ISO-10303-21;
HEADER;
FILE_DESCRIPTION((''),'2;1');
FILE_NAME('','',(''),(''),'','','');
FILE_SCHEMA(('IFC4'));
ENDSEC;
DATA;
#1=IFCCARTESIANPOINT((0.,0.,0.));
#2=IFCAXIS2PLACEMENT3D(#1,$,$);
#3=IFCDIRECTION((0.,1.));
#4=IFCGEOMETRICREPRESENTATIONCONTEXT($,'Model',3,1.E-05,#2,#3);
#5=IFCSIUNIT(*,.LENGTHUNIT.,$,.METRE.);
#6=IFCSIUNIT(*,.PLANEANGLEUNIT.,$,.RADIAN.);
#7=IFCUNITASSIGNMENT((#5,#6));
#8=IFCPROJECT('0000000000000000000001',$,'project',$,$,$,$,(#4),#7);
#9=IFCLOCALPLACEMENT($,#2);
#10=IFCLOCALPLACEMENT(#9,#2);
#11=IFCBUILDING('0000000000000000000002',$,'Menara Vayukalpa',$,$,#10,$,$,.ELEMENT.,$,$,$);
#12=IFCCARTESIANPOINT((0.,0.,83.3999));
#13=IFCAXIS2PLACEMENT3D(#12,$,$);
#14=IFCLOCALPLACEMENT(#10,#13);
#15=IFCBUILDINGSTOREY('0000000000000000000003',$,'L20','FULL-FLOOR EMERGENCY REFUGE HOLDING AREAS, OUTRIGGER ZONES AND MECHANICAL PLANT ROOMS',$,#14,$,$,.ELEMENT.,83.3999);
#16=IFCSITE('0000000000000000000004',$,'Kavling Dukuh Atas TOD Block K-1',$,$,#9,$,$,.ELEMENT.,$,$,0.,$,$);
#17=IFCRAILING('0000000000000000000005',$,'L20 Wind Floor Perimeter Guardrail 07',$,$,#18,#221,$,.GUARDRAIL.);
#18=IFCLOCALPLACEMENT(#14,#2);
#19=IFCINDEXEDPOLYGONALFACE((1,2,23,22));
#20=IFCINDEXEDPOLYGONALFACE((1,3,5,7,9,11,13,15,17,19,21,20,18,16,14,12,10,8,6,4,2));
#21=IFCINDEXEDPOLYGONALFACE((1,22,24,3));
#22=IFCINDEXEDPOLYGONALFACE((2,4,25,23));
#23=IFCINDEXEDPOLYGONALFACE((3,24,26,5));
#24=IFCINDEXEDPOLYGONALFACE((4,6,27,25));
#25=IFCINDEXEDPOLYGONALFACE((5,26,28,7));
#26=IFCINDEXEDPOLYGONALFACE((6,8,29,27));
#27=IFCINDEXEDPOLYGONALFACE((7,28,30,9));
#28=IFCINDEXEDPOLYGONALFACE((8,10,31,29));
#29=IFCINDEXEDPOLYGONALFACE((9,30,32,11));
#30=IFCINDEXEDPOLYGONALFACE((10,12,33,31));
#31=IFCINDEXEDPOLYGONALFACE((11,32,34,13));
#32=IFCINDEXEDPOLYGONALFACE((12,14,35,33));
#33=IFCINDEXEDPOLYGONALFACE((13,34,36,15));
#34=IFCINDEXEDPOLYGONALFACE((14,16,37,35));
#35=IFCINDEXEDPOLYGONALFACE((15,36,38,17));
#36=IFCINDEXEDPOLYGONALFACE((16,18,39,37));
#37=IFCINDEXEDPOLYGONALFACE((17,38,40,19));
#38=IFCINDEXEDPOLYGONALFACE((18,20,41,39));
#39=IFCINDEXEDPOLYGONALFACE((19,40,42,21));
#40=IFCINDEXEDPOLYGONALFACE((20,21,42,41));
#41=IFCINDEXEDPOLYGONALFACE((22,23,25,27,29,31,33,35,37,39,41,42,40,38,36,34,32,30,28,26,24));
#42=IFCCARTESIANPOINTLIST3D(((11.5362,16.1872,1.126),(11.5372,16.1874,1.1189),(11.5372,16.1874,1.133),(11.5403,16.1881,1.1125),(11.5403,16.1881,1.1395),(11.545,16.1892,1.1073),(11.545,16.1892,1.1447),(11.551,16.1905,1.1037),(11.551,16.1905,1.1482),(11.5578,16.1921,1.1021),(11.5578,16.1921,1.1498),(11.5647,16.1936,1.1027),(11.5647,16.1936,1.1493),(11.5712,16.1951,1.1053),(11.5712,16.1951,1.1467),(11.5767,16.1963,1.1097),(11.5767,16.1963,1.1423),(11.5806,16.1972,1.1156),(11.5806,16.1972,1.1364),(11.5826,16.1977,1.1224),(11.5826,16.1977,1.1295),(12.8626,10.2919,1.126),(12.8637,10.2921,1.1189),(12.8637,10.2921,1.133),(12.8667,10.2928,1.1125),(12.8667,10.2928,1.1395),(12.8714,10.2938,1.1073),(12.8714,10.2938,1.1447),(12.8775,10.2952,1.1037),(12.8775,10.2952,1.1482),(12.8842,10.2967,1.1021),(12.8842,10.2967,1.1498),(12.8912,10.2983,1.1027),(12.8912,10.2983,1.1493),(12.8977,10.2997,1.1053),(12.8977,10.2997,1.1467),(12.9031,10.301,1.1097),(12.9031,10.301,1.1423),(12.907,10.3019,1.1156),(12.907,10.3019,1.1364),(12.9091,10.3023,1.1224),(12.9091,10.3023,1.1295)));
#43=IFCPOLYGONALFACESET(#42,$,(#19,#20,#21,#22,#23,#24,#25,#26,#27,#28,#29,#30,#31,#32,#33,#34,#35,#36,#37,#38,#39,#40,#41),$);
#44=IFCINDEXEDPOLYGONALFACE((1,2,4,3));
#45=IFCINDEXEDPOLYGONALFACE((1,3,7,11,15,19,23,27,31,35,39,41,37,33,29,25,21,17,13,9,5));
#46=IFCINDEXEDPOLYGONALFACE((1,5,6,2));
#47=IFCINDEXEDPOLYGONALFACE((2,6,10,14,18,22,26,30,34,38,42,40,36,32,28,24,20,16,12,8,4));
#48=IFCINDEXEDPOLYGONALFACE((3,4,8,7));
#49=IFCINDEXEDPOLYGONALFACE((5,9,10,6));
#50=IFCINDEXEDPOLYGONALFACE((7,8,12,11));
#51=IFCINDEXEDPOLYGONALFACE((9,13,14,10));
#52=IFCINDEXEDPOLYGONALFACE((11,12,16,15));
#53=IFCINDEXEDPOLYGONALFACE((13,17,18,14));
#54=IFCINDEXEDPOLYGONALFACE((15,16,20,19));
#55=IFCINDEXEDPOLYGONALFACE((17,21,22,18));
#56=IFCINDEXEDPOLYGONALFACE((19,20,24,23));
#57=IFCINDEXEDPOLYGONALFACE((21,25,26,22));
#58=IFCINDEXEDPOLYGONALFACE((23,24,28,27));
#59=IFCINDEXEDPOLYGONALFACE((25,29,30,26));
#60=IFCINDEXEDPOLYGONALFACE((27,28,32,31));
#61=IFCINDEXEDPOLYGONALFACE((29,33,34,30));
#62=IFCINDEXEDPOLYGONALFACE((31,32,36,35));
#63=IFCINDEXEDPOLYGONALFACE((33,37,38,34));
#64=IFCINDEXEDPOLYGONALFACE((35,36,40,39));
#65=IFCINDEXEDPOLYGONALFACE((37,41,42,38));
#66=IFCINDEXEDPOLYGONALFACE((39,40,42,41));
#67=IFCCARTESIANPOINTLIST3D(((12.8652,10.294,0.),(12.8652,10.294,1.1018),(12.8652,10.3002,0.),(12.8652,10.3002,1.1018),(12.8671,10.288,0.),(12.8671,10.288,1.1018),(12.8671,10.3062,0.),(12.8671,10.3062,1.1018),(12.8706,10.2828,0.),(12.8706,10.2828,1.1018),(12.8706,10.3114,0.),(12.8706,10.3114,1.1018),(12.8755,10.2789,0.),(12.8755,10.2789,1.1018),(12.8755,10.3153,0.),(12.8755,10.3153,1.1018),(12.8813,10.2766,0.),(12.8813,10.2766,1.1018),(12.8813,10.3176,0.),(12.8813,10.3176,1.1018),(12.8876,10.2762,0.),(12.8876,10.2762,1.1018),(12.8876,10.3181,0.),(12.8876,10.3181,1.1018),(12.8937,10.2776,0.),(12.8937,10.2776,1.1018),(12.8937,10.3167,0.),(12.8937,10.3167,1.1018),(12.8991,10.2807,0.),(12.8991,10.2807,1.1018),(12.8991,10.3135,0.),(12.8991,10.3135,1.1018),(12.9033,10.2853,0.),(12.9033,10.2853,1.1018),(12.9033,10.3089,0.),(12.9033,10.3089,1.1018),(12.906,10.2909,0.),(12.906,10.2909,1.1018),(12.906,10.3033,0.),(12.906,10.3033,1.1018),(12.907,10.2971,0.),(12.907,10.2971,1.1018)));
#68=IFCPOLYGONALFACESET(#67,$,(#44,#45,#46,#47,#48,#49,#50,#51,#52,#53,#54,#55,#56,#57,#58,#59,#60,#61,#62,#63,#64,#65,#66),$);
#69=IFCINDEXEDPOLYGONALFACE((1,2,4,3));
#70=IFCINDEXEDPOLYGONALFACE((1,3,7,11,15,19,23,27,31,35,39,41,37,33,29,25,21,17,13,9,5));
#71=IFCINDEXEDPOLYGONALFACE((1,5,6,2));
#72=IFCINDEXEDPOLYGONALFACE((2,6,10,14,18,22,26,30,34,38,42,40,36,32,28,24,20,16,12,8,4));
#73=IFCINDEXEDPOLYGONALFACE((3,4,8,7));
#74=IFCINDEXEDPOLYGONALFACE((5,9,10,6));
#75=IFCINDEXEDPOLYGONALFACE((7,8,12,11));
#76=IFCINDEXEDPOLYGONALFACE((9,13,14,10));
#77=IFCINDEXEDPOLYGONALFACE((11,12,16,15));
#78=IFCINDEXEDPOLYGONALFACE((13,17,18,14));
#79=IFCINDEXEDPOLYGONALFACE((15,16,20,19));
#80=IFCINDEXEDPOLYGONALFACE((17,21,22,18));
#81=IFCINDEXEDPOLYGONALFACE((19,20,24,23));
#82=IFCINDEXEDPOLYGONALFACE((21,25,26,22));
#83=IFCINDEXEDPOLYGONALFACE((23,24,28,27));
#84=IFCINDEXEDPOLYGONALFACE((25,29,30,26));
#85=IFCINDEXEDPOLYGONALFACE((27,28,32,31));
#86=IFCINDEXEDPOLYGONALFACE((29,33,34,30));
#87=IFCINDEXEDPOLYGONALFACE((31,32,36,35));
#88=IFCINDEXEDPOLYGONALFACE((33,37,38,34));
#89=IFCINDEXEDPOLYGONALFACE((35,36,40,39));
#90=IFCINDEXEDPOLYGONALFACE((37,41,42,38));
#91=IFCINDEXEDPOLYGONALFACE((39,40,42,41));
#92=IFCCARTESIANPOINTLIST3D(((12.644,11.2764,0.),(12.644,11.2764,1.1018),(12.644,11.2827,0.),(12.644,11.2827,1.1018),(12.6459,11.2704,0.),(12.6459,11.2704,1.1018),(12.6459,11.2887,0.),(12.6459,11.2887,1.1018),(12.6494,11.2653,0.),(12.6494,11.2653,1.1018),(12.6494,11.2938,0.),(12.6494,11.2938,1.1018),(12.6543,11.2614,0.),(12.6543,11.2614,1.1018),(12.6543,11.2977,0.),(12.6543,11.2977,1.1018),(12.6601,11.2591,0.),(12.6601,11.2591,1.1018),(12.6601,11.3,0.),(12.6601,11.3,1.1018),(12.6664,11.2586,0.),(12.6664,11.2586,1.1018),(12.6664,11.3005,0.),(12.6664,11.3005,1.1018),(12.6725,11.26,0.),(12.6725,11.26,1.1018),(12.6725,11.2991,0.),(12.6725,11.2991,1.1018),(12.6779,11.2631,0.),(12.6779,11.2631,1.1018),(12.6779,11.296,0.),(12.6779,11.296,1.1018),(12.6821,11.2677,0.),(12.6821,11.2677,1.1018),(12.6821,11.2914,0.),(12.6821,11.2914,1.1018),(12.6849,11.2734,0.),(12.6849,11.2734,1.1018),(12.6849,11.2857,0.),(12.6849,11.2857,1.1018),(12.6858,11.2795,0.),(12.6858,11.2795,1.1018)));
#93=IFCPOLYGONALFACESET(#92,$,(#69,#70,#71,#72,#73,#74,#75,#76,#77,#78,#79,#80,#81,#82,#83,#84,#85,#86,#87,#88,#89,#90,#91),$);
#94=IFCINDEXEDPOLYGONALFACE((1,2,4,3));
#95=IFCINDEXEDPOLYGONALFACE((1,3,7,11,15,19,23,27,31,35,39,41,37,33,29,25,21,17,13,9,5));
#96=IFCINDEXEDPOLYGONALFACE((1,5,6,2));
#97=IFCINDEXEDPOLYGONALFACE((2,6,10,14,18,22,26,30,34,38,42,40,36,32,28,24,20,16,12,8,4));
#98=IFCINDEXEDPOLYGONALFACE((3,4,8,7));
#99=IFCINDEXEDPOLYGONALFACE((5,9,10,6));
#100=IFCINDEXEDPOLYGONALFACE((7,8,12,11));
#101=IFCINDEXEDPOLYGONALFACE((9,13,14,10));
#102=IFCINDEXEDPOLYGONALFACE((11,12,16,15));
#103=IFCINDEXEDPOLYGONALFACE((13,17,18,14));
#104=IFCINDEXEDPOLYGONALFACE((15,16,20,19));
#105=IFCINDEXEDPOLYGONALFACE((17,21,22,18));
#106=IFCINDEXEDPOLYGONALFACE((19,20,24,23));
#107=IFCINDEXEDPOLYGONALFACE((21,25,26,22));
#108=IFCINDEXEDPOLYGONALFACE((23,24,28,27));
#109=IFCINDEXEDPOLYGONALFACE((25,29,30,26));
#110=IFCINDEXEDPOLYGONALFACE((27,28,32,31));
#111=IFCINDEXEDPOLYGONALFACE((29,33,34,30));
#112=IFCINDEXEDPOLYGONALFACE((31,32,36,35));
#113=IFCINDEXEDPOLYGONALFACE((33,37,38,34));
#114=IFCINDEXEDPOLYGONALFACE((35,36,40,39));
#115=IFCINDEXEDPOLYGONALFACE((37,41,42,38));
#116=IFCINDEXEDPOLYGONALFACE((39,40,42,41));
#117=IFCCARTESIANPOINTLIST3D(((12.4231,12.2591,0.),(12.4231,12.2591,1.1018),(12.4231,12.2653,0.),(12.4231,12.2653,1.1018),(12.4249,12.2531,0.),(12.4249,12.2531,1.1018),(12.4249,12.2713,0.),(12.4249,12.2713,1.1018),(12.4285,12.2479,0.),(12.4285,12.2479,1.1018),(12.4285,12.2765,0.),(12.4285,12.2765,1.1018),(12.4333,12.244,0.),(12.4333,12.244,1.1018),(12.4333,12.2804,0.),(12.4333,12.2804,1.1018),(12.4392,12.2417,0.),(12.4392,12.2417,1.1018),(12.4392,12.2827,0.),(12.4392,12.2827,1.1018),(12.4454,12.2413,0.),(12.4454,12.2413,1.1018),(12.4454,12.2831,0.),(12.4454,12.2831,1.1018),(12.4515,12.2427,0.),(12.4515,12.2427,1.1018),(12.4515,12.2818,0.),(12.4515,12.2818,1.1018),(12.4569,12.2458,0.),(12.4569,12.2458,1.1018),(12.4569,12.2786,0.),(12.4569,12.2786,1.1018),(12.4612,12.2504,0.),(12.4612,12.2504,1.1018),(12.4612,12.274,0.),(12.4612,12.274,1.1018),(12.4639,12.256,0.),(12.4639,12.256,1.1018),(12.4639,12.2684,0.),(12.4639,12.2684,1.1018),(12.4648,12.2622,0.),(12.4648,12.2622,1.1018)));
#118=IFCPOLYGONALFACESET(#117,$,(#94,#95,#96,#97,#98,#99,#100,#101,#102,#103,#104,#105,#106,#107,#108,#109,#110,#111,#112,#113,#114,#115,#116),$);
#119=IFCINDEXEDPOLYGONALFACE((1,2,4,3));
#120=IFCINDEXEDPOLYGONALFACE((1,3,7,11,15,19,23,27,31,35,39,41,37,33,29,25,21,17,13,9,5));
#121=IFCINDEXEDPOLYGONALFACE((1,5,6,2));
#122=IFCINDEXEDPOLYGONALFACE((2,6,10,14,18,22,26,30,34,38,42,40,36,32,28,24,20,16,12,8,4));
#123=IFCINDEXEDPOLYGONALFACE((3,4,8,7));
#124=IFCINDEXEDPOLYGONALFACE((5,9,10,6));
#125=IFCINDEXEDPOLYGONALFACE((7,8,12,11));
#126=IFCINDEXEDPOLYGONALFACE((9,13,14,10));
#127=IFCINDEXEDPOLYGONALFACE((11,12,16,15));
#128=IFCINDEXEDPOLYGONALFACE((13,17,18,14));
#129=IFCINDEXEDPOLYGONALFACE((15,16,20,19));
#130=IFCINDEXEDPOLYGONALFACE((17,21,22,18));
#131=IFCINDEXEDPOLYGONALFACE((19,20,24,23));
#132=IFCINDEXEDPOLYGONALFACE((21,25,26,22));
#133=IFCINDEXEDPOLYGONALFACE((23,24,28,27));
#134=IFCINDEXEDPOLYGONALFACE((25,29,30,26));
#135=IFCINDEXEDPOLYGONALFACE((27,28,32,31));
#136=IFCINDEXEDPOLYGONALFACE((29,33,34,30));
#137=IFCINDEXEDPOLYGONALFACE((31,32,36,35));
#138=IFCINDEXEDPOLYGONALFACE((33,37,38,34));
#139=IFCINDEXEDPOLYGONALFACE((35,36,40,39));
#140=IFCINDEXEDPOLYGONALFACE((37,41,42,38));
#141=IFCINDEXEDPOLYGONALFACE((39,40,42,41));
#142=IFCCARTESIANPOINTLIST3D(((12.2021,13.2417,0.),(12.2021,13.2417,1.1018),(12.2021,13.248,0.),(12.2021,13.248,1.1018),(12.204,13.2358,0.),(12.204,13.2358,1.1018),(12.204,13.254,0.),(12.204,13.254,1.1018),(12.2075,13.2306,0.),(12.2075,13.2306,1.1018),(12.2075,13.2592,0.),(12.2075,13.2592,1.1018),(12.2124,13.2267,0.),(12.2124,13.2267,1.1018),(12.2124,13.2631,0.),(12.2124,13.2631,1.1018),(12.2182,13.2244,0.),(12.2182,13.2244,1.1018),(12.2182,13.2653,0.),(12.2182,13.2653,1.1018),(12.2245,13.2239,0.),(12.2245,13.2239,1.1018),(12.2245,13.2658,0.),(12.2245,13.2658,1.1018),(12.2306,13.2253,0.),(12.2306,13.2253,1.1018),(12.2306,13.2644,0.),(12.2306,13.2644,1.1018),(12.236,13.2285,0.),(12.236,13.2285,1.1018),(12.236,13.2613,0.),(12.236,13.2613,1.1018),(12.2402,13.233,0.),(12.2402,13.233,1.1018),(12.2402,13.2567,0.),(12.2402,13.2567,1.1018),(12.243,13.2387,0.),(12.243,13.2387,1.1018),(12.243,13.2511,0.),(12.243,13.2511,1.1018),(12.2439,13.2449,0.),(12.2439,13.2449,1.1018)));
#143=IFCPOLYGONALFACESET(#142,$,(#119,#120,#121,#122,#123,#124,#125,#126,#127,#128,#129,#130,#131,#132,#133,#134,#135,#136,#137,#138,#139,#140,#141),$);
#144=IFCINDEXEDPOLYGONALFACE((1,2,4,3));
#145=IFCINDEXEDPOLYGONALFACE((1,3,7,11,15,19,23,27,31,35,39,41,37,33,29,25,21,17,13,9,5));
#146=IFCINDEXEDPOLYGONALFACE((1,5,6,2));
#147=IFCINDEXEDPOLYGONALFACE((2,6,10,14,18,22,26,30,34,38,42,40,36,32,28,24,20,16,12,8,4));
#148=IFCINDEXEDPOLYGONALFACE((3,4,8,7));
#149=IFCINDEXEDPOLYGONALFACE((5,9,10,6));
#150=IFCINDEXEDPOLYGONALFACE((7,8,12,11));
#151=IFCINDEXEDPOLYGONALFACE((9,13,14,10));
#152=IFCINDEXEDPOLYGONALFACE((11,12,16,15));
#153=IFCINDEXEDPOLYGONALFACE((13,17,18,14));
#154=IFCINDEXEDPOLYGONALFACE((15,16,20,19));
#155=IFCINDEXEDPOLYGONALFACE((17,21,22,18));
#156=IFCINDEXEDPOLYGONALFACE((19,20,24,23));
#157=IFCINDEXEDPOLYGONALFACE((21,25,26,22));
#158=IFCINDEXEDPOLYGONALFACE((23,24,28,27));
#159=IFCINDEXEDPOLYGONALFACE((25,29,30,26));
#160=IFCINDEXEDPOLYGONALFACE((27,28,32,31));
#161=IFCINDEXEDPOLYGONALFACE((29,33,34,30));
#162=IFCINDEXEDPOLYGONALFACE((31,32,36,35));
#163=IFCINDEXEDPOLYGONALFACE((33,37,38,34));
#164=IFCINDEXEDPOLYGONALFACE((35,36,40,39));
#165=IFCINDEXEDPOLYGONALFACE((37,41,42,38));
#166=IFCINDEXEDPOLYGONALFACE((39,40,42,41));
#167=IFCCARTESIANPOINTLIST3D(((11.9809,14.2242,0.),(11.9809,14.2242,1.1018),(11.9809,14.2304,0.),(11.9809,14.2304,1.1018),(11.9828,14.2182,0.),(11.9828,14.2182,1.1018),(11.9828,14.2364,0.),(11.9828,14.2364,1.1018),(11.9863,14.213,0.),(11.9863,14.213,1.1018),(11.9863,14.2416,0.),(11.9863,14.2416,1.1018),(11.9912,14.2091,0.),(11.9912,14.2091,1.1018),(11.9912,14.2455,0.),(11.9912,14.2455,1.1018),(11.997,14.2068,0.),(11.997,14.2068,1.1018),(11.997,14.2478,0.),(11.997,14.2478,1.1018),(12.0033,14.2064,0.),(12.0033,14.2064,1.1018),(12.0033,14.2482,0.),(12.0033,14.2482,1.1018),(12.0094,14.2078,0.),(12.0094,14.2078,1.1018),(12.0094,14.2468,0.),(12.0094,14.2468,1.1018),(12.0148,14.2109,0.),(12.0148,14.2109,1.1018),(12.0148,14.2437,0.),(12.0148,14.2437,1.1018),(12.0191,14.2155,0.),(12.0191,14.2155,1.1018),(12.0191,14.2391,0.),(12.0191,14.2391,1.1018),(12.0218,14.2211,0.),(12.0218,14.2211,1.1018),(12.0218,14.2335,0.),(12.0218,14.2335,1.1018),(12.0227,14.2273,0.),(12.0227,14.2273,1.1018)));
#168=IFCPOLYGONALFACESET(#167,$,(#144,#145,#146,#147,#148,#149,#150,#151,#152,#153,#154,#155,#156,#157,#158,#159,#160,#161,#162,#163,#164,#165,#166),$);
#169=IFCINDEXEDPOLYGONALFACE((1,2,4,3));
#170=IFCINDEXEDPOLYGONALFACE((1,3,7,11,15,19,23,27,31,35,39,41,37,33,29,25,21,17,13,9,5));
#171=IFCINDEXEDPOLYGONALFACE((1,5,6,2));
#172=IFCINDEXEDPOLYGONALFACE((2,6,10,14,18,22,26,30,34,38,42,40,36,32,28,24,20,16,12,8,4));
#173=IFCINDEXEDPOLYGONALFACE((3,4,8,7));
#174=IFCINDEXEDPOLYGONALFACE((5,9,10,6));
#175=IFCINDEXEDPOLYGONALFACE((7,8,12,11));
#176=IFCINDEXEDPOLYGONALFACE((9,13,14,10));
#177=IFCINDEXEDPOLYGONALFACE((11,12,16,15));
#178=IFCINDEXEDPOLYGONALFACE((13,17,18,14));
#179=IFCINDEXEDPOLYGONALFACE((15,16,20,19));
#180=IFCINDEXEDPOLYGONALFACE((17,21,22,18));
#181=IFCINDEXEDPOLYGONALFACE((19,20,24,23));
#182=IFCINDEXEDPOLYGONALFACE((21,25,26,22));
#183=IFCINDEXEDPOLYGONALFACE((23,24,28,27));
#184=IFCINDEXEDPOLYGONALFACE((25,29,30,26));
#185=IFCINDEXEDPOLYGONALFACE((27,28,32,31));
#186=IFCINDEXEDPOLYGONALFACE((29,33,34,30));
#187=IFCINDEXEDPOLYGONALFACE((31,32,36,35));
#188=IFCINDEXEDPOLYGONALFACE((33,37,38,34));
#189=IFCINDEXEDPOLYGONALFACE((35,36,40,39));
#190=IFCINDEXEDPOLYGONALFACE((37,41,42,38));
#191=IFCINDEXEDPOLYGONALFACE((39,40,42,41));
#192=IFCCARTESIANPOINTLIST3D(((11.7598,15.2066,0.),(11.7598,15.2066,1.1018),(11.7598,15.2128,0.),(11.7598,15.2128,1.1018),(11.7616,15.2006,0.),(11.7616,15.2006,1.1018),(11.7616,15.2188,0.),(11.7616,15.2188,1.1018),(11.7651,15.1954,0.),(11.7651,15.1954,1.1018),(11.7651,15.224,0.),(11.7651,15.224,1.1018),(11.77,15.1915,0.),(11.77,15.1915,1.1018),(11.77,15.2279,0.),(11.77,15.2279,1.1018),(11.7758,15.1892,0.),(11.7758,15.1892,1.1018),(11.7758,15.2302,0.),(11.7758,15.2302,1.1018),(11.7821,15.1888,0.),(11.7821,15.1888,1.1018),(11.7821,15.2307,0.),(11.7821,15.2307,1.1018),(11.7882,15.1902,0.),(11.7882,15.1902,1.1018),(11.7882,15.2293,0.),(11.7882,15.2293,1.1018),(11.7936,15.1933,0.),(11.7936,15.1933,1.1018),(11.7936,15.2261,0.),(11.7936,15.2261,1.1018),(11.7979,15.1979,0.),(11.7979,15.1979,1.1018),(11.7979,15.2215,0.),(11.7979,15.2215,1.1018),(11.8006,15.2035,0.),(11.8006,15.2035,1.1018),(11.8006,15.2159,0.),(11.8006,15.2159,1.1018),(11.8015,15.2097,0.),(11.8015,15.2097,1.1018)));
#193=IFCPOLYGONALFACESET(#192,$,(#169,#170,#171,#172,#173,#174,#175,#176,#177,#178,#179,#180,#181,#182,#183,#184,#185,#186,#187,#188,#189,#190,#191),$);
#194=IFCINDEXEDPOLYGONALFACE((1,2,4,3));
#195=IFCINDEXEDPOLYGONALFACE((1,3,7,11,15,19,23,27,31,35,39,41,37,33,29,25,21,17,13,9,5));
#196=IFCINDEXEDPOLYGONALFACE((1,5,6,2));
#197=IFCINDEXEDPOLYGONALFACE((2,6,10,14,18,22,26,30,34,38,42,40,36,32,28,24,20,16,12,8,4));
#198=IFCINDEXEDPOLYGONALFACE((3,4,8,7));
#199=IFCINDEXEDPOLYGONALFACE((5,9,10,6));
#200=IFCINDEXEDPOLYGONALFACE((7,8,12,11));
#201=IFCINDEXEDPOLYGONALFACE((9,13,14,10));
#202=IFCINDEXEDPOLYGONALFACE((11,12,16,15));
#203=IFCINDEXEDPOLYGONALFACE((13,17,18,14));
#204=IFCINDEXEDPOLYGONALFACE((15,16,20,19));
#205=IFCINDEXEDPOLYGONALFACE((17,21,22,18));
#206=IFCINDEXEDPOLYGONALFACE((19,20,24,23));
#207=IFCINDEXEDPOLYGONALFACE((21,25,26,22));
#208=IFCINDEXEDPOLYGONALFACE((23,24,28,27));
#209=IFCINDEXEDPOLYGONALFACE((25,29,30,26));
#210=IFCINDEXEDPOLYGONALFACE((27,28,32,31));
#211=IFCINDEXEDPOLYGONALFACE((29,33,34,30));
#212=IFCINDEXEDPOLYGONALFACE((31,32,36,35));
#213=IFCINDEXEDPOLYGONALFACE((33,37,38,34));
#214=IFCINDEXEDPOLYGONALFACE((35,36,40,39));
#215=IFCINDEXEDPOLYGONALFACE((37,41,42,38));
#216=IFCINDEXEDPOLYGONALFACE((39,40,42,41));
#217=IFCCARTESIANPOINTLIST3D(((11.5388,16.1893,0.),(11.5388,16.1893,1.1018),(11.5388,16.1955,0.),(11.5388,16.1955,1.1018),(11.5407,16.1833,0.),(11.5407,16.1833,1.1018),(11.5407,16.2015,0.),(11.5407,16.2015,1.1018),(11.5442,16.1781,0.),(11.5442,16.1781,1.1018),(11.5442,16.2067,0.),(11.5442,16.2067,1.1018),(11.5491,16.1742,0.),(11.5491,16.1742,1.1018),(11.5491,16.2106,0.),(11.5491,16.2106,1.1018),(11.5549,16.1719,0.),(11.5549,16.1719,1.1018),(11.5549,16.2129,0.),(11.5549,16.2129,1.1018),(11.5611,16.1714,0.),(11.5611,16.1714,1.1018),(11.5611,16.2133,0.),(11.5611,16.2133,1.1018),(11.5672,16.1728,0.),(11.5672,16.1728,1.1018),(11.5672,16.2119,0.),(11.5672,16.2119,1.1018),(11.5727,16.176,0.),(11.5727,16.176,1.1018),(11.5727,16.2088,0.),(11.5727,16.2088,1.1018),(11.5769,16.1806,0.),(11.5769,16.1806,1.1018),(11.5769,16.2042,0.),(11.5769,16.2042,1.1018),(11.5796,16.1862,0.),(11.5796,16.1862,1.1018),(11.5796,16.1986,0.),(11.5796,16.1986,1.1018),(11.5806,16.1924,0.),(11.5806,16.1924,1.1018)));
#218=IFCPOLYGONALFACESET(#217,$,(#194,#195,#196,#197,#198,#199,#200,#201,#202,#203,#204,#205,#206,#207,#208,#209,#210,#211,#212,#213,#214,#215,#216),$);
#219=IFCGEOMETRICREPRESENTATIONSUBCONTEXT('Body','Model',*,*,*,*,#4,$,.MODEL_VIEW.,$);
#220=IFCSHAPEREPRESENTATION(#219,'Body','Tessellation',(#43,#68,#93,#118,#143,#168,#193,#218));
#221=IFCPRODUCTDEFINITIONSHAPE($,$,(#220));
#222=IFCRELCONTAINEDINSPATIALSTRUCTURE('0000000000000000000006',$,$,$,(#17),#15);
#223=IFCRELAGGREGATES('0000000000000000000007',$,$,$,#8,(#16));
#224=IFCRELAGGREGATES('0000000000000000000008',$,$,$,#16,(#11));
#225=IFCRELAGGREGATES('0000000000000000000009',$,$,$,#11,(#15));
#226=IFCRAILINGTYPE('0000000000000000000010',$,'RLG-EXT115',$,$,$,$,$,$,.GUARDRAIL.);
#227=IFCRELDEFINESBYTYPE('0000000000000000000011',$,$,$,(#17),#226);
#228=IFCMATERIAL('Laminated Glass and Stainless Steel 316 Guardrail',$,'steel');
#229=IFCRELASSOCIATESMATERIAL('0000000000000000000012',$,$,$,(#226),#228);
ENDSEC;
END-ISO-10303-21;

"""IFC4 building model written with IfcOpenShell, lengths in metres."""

from ifc_helpers import new_model, si_unit, direction, frame, origin, origin_2d, place, context, subcontext, project, spatial, circle, extrude, material, type_object, element, save


model = new_model("IFC4")

# Units and contexts
model_context = context("Model", 3, precision=1e-05, world=origin(), true_north=direction((0.0, 1.0)))
body_context = subcontext(model_context, "Body", "Model", "MODEL_VIEW")
ifc_project = project(units=[si_unit("LENGTHUNIT", "METRE"), si_unit("PLANEANGLEUNIT", "RADIAN")], contexts=[model_context])

# Site, building, storey
site_placement = place(None, origin())
site = spatial("IfcSite", under=ifc_project, at=site_placement, Name="Kavling Dukuh Atas TOD Block K-1", CompositionType="ELEMENT", RefElevation=0.0)
building_placement = place(site_placement, origin())
building = spatial("IfcBuilding", under=site, at=building_placement, Name="Menara Vayukalpa", CompositionType="ELEMENT")
storey_placement = place(building_placement, frame((0.0, 0.0, 83.3999)))
storey = spatial("IfcBuildingStorey", under=building, at=storey_placement, Name="L20", Description="FULL-FLOOR EMERGENCY REFUGE HOLDING AREAS, OUTRIGGER ZONES AND MECHANICAL PLANT ROOMS", CompositionType="ELEMENT", Elevation=83.3999)

# Railing
ifc_material_1 = material(Name="Laminated Glass and Stainless Steel 316 Guardrail", Category="steel")
railing_type = type_object("IfcRailingType", Name="RLG-EXT115", PredefinedType="GUARDRAIL", material=ifc_material_1)
railing_1_placement = place(storey_placement, frame((12.886, 10.2971, 0.0)))
element("IfcRailing", 1, at=railing_1_placement, inside=storey, type_object=railing_type, Name="L20 Wind Floor Perimeter Guardrail 07", PredefinedType="GUARDRAIL", context=body_context, shape_type="SweptSolid", body=[
    extrude(circle(Radius=0.0239, at=origin_2d()), frame((0.0, 0.0, 1.126), z_axis=(-0.219509, 0.97561, 0.0), x_axis=(-0.97561, -0.219509, 0.0)), (0.0, 0.0, 1.0), 6.0427),
    extrude(circle(Radius=0.021, at=origin_2d()), origin(), (0.0, 0.0, 1.0), 1.1018),
    extrude(circle(Radius=0.021, at=origin_2d()), frame((-0.2212, 0.9824, 0.0)), (0.0, 0.0, 1.0), 1.1018),
    extrude(circle(Radius=0.021, at=origin_2d()), frame((-0.4421, 1.9651, 0.0)), (0.0, 0.0, 1.0), 1.1018),
    extrude(circle(Radius=0.021, at=origin_2d()), frame((-0.6631, 2.9478, 0.0)), (0.0, 0.0, 1.0), 1.1018),
    extrude(circle(Radius=0.021, at=origin_2d()), frame((-0.8843, 3.9302, 0.0)), (0.0, 0.0, 1.0), 1.1018),
    extrude(circle(Radius=0.021, at=origin_2d()), frame((-1.1055, 4.9126, 0.0)), (0.0, 0.0, 1.0), 1.1018),
    extrude(circle(Radius=0.021, at=origin_2d()), frame((-1.3264, 5.8953, 0.0)), (0.0, 0.0, 1.0), 1.1018),
])

save(model, "model.ifc")
